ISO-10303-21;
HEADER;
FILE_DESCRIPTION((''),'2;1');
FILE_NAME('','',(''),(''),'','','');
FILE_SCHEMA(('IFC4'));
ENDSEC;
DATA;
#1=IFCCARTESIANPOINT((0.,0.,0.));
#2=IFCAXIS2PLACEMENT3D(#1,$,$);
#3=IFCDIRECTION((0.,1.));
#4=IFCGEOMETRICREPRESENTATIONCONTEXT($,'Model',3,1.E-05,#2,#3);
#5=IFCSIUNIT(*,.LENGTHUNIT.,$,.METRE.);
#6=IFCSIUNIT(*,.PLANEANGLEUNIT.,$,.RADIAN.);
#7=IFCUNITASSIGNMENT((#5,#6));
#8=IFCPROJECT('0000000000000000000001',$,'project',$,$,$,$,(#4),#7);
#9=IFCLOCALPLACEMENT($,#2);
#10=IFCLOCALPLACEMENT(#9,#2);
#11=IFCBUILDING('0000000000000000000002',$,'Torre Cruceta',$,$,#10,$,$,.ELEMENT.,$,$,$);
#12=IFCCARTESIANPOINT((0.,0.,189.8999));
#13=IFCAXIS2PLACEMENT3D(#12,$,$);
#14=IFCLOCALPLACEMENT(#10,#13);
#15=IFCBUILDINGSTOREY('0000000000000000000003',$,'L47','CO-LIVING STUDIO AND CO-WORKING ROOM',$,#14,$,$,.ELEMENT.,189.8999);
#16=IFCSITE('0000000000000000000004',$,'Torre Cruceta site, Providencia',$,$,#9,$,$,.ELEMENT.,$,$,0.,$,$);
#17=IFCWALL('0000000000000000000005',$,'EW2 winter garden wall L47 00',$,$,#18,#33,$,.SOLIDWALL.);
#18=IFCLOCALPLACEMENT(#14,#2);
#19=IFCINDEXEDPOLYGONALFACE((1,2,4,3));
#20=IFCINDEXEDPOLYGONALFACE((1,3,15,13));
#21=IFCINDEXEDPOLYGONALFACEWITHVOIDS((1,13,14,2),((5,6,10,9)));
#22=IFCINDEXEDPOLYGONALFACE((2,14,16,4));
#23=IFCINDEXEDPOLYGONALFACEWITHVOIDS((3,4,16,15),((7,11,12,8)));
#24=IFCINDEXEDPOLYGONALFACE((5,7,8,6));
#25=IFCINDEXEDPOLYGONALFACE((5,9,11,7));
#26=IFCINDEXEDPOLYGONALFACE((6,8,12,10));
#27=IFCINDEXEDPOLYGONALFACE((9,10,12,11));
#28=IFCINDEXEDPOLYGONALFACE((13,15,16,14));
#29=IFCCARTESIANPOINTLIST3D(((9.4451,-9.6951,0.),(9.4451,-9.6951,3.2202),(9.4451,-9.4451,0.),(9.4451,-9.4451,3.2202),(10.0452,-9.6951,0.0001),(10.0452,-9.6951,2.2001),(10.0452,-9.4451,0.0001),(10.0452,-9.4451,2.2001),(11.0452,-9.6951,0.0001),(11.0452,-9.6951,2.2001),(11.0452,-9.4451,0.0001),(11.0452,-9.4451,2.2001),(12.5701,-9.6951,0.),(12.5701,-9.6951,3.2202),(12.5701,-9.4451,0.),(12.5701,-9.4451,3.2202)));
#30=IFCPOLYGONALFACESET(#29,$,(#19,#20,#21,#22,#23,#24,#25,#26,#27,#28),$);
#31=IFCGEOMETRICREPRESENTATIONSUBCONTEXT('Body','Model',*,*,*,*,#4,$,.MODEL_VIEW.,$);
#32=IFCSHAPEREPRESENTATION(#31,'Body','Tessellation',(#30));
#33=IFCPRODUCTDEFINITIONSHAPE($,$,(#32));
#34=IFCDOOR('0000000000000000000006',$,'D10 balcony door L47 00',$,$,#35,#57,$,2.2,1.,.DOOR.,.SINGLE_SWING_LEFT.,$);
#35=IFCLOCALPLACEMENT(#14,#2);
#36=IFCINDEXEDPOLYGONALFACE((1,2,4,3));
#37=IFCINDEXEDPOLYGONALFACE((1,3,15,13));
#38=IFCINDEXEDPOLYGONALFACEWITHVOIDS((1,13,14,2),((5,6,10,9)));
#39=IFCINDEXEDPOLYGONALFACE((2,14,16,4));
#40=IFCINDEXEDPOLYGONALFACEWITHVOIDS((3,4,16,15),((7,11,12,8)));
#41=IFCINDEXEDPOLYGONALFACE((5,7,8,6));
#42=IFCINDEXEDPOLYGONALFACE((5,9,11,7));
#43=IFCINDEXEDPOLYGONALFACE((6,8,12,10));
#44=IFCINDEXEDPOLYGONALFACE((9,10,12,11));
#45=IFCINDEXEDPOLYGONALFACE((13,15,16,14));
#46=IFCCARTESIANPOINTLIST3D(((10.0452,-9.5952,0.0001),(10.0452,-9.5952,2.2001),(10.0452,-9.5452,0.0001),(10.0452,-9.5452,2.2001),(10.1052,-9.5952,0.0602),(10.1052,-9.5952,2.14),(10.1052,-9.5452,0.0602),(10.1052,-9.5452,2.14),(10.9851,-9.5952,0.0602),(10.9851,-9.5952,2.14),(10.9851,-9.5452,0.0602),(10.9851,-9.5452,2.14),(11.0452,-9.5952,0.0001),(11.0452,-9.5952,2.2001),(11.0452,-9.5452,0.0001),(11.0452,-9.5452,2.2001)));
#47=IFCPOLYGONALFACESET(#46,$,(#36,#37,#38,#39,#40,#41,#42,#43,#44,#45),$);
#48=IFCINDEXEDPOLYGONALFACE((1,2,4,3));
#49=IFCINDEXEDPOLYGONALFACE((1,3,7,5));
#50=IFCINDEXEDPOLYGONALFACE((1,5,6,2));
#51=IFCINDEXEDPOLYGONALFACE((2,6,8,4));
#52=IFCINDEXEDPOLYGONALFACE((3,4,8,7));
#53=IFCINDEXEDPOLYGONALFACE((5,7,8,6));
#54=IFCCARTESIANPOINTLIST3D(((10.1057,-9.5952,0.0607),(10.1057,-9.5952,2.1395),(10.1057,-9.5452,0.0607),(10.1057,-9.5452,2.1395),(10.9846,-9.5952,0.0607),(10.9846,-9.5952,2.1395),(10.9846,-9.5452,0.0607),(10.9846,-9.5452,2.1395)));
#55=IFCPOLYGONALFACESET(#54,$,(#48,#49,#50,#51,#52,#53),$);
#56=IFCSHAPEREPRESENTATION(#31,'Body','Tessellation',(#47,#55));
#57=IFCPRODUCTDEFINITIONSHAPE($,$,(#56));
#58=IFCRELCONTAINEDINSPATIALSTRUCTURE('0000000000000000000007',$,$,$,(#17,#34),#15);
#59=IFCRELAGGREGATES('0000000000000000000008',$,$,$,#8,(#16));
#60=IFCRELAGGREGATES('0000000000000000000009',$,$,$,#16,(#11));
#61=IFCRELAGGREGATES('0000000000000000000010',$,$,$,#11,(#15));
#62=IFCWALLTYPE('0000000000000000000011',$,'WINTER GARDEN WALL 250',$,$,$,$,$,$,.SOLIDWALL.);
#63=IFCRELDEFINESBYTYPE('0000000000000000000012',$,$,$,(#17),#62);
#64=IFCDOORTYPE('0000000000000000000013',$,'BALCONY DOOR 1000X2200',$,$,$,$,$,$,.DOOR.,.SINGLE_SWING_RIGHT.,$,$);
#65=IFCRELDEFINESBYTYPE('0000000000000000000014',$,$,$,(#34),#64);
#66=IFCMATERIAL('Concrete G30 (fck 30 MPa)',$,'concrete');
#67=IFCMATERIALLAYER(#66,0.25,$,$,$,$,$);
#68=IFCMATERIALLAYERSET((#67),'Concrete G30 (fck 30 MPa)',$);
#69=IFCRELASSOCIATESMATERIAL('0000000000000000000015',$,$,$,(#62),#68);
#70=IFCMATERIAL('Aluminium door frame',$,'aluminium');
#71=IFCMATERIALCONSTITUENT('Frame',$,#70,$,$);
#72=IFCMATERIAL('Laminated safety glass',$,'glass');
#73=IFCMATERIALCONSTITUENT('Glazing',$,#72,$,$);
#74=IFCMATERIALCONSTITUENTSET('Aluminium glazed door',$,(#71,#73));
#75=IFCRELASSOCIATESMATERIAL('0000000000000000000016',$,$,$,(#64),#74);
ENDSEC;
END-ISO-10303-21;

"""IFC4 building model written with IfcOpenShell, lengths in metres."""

from ifc_helpers import new_model, si_unit, direction, frame, frame_2d, origin, place, context, subcontext, project, spatial, rectangle, hollow_rectangle, extrude, material, layer, layer_set, constituent, constituent_set, type_object, element, fill, save


model = new_model("IFC4")

# Units and contexts
model_context = context("Model", 3, precision=1e-05, world=origin(), true_north=direction((0.0, 1.0)))
body_context = subcontext(model_context, "Body", "Model", "MODEL_VIEW")
ifc_project = project(units=[si_unit("LENGTHUNIT", "METRE"), si_unit("PLANEANGLEUNIT", "RADIAN")], contexts=[model_context])

# Site, building, storey
site_placement = place(None, origin())
site = spatial("IfcSite", under=ifc_project, at=site_placement, Name="Torre Cruceta site, Providencia", CompositionType="ELEMENT", RefElevation=0.0)
building_placement = place(site_placement, origin())
building = spatial("IfcBuilding", under=site, at=building_placement, Name="Torre Cruceta", CompositionType="ELEMENT")
storey_placement = place(building_placement, frame((0.0, 0.0, 189.8999)))
storey = spatial("IfcBuildingStorey", under=building, at=storey_placement, Name="L47", Description="CO-LIVING STUDIO AND CO-WORKING ROOM", CompositionType="ELEMENT", Elevation=189.8999)

# Wall, opening, door
ifc_material_1 = material(Name="Concrete G30 (fck 30 MPa)", Category="concrete")
ifc_layer_1 = layer(ifc_material_1, 0.25)
ifc_layer_set_1 = layer_set([ifc_layer_1], Name="Concrete G30 (fck 30 MPa)")
wall_type_1 = type_object("IfcWallType", Name="WINTER GARDEN WALL 250", PredefinedType="SOLIDWALL", material=ifc_layer_set_1)
wall_1_placement = place(storey_placement, frame((9.4451, -9.5701, 0.0), z_axis=(0.0, 0.0, 1.0), x_axis=(1.0, 0.0, 0.0)))
wall_1 = element("IfcWall", 1, at=wall_1_placement, inside=storey, type_object=wall_type_1, Name="EW2 winter garden wall L47 00", PredefinedType="SOLIDWALL", context=body_context, shape_type="SweptSolid", body=[
    extrude(rectangle(XDim=3.125, YDim=0.25, at=frame_2d((1.5625, 0.0))), origin(), (0.0, 0.0, 1.0), 3.2202),
])
opening_1_placement = place(wall_1_placement, frame((0.6001, 0.0, 0.0)))
opening_1 = element("IfcOpeningElement", 2, at=opening_1_placement, cuts=wall_1, PredefinedType="OPENING", context=body_context, shape_type="SweptSolid", body=[
    extrude(rectangle(XDim=1.0, YDim=2.2, at=frame_2d((0.5, 1.1001))), frame((0.0, 0.135, 0.0), z_axis=(0.0, -1.0, 0.0), x_axis=(1.0, 0.0, 0.0)), (0.0, 0.0, 1.0), 0.27),
])
ifc_material_2 = material(Name="Aluminium door frame", Category="aluminium")
ifc_constituent_1 = constituent(ifc_material_2, Name="Frame")
ifc_material_3 = material(Name="Laminated safety glass", Category="glass")
ifc_constituent_2 = constituent(ifc_material_3, Name="Glazing")
ifc_constituent_set_1 = constituent_set(constituents=[ifc_constituent_1, ifc_constituent_2], Name="Aluminium glazed door")
door_type_1 = type_object("IfcDoorType", Name="BALCONY DOOR 1000X2200", OperationType="SINGLE_SWING_RIGHT", PredefinedType="DOOR", material=ifc_constituent_set_1)
door_1_placement = place(opening_1_placement, origin())
door_1 = element("IfcDoor", 3, at=door_1_placement, inside=storey, type_object=door_type_1, Name="D10 balcony door L47 00", OperationType="SINGLE_SWING_LEFT", OverallHeight=2.2, OverallWidth=1.0, PredefinedType="DOOR", context=body_context, shape_type="SweptSolid", body=[
    extrude(hollow_rectangle(XDim=1.0, YDim=2.2, WallThickness=0.0601, at=frame_2d((0.5, 1.1001))), frame((0.0, 0.0249, 0.0), z_axis=(0.0, -1.0, 0.0), x_axis=(1.0, 0.0, 0.0)), (0.0, 0.0, 1.0), 0.05),
    extrude(rectangle(XDim=0.8789, YDim=2.0789, at=frame_2d((0.5, 1.1001))), frame((0.0, 0.0249, 0.0), z_axis=(0.0, -1.0, 0.0), x_axis=(1.0, 0.0, 0.0)), (0.0, 0.0, 1.0), 0.05),
])
fill(opening_1, door_1)

save(model, "model.ifc")
